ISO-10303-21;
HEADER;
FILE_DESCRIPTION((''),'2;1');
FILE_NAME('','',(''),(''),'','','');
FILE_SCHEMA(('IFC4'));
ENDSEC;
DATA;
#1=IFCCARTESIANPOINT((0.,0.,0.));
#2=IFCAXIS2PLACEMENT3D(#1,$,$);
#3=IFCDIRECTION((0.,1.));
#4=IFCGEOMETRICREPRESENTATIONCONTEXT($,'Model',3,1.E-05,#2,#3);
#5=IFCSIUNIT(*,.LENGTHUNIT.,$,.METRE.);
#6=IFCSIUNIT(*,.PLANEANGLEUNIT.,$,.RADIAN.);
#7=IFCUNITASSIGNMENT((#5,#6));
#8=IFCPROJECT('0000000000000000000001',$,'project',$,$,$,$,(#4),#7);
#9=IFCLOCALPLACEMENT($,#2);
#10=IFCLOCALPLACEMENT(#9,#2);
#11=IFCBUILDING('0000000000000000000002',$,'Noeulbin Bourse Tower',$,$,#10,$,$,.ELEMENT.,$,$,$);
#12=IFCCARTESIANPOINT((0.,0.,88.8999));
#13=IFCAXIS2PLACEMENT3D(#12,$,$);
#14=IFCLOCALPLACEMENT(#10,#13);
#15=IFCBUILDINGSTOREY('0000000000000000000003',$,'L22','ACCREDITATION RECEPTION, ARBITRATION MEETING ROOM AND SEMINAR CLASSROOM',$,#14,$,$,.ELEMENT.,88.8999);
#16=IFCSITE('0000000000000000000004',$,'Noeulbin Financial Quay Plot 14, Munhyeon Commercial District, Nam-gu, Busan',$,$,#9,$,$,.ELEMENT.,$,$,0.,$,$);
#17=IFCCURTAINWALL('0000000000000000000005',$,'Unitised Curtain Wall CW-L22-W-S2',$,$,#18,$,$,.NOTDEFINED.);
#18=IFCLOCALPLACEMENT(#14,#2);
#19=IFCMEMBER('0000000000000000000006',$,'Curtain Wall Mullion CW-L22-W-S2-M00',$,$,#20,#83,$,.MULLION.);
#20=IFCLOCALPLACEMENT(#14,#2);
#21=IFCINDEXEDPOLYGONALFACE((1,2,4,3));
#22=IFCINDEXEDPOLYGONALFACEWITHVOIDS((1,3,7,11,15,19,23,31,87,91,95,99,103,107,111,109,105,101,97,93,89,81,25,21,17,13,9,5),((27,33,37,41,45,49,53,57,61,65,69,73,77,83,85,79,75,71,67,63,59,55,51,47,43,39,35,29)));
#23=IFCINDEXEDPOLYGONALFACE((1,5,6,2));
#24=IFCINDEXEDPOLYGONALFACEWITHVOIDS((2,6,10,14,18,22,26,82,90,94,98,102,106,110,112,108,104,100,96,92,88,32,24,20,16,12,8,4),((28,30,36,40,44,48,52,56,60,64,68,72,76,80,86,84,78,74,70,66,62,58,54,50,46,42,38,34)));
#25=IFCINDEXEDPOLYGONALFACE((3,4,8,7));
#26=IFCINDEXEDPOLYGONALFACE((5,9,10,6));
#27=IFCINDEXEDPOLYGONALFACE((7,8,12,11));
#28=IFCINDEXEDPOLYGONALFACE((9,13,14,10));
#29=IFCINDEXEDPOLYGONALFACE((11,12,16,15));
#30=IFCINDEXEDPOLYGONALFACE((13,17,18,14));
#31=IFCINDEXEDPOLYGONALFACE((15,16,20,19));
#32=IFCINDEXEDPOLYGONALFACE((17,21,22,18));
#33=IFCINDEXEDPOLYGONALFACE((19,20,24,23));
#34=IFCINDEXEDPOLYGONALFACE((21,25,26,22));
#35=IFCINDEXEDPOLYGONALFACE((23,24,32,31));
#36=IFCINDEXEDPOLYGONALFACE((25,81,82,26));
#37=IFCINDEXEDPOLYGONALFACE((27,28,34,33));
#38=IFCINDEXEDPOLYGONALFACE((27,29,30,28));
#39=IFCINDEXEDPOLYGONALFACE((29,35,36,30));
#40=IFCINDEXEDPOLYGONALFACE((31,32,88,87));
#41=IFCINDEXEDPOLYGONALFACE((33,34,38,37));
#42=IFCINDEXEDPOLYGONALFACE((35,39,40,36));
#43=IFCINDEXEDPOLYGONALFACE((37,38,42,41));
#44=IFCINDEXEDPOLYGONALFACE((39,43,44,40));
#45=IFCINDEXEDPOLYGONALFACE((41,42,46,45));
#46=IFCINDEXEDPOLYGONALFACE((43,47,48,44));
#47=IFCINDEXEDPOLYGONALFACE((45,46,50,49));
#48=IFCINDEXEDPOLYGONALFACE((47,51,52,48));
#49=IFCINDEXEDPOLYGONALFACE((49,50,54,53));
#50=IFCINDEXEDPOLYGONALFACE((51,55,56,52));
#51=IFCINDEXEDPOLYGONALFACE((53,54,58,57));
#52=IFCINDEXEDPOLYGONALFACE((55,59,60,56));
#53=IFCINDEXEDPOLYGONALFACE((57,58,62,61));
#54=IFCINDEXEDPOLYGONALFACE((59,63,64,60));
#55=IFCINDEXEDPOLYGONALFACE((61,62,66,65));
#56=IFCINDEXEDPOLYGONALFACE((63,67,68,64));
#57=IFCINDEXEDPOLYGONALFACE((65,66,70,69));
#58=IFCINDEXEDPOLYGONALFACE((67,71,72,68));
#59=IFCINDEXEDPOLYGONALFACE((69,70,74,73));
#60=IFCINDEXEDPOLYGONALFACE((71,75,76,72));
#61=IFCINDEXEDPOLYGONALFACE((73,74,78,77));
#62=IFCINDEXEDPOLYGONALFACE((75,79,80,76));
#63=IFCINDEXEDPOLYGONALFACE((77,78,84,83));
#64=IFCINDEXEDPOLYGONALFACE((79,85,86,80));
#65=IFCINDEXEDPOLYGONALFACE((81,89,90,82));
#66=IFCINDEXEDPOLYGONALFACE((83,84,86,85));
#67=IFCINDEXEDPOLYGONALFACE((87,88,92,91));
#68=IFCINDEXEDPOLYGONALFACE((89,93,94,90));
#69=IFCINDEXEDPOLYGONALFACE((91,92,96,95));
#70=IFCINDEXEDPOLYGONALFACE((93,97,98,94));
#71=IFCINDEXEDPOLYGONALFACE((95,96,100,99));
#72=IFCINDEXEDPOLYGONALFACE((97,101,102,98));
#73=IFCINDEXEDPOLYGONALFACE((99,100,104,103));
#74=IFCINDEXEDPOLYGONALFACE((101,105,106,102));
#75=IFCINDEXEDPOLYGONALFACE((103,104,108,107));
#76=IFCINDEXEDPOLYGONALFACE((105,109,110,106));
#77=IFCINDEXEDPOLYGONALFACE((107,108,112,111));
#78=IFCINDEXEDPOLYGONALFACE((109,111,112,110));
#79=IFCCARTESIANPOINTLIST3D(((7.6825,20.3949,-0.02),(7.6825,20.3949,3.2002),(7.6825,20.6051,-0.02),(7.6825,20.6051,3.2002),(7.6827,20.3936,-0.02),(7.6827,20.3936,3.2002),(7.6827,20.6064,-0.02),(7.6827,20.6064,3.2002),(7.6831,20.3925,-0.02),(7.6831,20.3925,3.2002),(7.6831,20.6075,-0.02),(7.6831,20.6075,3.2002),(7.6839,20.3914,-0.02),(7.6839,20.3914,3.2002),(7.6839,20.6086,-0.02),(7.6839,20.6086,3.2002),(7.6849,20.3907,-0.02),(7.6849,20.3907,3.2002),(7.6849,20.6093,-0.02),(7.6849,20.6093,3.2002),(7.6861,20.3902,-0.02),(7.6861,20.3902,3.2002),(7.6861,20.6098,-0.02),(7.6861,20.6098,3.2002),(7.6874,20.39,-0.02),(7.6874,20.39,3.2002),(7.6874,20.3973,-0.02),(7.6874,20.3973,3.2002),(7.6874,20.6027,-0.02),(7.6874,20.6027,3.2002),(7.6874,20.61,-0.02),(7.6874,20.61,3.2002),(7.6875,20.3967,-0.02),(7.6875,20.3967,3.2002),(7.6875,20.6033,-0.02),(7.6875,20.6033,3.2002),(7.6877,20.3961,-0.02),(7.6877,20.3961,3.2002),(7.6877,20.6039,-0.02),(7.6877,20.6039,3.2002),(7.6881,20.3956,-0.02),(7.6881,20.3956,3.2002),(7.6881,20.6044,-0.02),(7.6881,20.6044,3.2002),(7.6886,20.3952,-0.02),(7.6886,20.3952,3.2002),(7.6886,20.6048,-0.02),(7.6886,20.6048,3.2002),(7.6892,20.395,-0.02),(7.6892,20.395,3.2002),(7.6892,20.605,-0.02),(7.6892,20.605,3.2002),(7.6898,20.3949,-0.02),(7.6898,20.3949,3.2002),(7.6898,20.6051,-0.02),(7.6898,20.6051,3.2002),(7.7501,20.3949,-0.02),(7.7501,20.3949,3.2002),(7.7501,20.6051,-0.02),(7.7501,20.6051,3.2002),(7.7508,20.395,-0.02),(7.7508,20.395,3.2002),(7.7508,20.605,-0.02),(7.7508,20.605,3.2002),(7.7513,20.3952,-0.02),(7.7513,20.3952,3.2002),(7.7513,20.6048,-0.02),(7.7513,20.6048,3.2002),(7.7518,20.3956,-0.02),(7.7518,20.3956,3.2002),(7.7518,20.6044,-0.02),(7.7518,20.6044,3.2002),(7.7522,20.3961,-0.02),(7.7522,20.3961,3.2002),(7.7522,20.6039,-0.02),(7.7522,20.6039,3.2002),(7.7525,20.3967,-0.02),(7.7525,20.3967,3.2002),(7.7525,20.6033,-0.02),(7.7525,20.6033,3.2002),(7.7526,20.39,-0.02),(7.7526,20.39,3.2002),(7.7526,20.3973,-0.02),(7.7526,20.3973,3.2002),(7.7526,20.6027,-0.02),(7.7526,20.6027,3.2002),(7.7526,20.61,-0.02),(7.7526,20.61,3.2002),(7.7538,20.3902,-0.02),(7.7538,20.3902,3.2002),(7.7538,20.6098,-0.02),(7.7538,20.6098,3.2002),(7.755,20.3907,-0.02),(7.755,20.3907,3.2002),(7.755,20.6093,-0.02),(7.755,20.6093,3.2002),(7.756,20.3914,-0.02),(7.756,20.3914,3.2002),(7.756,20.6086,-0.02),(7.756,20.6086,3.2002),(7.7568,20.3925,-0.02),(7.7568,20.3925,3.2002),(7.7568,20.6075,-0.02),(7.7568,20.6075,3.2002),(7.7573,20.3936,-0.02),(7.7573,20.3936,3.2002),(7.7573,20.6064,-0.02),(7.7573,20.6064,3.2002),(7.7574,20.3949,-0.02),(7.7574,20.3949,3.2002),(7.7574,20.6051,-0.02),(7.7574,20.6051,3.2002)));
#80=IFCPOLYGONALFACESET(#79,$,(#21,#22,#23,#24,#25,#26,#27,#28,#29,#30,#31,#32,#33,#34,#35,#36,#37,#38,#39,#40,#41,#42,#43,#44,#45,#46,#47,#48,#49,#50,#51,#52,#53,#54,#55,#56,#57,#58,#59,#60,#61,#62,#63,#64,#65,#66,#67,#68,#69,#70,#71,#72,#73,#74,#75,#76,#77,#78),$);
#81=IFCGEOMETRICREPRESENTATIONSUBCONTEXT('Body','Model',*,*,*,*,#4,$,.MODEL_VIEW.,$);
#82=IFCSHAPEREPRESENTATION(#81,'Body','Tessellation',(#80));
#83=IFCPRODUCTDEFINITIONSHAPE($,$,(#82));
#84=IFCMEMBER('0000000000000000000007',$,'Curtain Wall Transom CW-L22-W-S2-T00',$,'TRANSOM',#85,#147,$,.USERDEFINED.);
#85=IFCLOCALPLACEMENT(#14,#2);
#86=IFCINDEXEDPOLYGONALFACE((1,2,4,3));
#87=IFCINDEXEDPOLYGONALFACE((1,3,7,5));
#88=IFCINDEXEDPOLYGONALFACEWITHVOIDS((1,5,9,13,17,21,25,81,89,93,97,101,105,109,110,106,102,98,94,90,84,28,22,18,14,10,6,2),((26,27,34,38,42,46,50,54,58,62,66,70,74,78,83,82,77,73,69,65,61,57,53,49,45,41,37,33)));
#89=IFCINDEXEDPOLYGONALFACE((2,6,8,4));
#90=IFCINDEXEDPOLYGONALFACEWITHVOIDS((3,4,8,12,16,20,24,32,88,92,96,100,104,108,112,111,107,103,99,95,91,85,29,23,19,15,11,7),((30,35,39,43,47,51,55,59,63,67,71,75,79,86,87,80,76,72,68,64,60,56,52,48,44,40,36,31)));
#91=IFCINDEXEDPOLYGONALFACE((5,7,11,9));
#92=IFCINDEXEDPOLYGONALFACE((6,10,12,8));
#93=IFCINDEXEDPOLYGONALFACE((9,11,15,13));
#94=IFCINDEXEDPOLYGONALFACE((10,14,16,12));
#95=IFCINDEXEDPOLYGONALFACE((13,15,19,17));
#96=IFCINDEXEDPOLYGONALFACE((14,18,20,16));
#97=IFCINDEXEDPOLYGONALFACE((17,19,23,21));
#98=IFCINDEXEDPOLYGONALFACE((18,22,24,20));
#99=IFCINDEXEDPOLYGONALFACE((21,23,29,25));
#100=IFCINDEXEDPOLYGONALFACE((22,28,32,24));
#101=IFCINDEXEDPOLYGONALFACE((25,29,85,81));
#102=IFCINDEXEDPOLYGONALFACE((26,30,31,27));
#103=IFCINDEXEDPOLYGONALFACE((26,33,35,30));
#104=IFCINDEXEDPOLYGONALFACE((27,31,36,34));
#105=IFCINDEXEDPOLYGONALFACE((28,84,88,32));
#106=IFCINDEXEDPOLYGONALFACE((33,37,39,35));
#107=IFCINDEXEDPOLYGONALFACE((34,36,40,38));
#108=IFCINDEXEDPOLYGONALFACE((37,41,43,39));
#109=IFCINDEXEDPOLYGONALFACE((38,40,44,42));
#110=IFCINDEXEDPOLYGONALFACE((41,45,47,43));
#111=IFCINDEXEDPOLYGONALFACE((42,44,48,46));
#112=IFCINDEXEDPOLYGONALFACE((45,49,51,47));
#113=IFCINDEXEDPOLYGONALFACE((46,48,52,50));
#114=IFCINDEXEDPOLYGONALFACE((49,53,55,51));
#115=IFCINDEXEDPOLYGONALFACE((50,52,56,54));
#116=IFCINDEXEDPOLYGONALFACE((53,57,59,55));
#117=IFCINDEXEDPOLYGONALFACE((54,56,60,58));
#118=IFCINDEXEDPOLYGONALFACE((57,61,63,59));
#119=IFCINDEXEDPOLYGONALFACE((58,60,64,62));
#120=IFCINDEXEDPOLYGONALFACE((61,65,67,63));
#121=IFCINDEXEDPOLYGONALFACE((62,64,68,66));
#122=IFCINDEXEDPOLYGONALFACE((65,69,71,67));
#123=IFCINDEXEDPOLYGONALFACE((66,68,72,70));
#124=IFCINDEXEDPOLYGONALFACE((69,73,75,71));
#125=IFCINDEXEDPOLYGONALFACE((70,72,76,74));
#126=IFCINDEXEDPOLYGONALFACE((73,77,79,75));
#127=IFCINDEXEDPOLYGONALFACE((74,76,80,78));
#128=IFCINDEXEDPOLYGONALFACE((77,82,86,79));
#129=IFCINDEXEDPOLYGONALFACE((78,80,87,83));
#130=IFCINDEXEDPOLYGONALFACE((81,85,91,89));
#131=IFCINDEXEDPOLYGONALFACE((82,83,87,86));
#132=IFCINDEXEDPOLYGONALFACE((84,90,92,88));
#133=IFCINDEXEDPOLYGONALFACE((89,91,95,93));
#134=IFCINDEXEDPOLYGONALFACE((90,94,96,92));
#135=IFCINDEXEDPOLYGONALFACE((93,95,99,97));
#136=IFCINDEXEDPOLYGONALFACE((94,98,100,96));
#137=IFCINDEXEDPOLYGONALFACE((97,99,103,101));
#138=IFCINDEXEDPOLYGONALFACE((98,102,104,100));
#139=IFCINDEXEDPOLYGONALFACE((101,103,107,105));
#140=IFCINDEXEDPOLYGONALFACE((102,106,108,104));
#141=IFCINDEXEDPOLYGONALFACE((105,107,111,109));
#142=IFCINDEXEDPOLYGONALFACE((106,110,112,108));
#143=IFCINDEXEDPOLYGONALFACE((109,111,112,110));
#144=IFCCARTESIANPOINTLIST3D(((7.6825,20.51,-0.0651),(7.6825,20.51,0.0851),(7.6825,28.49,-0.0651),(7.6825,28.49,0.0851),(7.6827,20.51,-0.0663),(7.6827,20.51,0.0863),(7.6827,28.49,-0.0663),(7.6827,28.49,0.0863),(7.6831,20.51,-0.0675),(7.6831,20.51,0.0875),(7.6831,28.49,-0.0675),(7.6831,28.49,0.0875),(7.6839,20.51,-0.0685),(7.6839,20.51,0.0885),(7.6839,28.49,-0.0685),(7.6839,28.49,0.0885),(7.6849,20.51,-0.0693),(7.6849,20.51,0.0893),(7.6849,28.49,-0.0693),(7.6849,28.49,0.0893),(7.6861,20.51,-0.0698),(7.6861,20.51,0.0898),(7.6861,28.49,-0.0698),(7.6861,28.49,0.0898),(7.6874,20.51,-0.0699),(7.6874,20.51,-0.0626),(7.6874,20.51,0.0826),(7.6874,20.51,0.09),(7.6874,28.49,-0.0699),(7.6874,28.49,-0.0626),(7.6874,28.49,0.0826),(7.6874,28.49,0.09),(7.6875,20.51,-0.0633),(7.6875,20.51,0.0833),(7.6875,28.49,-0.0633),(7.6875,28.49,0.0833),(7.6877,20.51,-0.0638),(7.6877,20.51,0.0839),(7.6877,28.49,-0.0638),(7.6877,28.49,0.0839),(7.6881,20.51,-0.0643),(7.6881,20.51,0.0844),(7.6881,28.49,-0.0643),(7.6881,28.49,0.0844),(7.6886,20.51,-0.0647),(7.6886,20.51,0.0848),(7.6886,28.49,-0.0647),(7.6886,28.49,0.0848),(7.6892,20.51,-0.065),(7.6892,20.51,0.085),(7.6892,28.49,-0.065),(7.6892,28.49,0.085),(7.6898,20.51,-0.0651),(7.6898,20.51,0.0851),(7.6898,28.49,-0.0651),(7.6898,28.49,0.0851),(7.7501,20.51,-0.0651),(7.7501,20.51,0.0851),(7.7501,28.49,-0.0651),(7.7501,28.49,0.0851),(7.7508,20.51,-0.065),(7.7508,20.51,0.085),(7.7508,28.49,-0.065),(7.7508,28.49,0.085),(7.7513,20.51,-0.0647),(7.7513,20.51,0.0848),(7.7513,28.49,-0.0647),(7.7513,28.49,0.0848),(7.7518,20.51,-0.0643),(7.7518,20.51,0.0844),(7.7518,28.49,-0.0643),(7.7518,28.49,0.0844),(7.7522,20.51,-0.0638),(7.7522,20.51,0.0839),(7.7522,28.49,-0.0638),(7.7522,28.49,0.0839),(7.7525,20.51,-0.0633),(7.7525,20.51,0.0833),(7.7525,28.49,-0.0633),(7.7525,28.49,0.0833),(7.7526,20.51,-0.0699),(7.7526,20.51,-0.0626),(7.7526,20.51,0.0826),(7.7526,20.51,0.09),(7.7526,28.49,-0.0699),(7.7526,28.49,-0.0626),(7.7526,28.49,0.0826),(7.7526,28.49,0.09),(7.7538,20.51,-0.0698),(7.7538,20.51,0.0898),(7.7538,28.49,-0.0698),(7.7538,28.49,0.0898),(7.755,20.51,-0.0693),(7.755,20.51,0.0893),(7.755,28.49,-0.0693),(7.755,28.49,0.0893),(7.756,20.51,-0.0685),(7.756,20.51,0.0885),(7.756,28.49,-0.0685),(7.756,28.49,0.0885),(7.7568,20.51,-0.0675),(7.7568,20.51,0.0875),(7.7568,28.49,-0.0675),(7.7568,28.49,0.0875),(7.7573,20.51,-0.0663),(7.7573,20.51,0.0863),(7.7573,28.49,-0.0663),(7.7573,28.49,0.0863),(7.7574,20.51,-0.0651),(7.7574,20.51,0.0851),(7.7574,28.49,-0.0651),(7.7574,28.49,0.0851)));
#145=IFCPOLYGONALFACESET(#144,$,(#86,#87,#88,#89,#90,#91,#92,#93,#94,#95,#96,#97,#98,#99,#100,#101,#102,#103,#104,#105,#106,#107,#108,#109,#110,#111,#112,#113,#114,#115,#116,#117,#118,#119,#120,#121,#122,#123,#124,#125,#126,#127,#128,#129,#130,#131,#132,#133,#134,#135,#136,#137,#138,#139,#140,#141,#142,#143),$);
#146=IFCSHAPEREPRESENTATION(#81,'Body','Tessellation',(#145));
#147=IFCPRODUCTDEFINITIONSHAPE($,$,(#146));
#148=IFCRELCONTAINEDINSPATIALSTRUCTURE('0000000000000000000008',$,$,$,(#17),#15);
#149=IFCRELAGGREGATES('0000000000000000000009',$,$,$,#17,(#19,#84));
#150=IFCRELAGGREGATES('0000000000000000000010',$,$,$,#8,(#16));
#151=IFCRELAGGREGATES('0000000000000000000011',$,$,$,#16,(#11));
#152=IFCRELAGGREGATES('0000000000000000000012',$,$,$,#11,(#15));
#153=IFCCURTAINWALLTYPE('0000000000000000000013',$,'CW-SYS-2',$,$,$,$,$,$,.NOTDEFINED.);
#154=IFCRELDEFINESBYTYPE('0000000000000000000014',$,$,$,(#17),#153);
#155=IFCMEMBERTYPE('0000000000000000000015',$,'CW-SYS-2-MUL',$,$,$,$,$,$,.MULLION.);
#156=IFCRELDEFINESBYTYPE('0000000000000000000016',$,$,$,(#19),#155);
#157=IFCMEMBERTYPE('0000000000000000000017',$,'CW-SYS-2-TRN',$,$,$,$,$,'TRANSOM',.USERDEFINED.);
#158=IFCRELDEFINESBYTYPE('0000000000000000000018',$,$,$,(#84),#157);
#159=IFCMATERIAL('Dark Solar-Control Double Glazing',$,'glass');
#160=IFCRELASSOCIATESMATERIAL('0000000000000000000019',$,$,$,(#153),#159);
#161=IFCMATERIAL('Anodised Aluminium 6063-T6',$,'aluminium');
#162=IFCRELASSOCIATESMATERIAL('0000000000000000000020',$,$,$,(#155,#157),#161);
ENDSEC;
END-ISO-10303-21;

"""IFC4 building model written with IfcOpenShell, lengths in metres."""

from ifc_helpers import new_model, si_unit, direction, frame, origin, origin_2d, place, context, subcontext, project, spatial, hollow_rectangle, extrude, material, material_profile, profile_set, type_object, element, aggregate, save


model = new_model("IFC4")

# Units and contexts
model_context = context("Model", 3, precision=1e-05, world=origin(), true_north=direction((0.0, 1.0)))
body_context = subcontext(model_context, "Body", "Model", "MODEL_VIEW")
ifc_project = project(units=[si_unit("LENGTHUNIT", "METRE"), si_unit("PLANEANGLEUNIT", "RADIAN")], contexts=[model_context])

# Site, building, storey
site_placement = place(None, origin())
site = spatial("IfcSite", under=ifc_project, at=site_placement, Name="Noeulbin Financial Quay Plot 14, Munhyeon Commercial District, Nam-gu, Busan", CompositionType="ELEMENT", RefElevation=0.0)
building_placement = place(site_placement, origin())
building = spatial("IfcBuilding", under=site, at=building_placement, Name="Noeulbin Bourse Tower", CompositionType="ELEMENT")
storey_placement = place(building_placement, frame((0.0, 0.0, 88.8999)))
storey = spatial("IfcBuildingStorey", under=building, at=storey_placement, Name="L22", Description="ACCREDITATION RECEPTION, ARBITRATION MEETING ROOM AND SEMINAR CLASSROOM", CompositionType="ELEMENT", Elevation=88.8999)

# Curtain wall, members
ifc_material_1 = material(Name="Dark Solar-Control Double Glazing", Category="glass")
curtain_wall_type = type_object("IfcCurtainWallType", Name="CW-SYS-2", PredefinedType="NOTDEFINED", material=ifc_material_1)
curtain_wall_placement = place(storey_placement, origin())
curtain_wall = element("IfcCurtainWall", 1, at=curtain_wall_placement, inside=storey, type_object=curtain_wall_type, Name="Unitised Curtain Wall CW-L22-W-S2", PredefinedType="NOTDEFINED")
ifc_material_2 = material(Name="Anodised Aluminium 6063-T6", Category="aluminium")
ifc_material_profile_1 = material_profile(ifc_material_2, hollow_rectangle(XDim=0.075, YDim=0.22, WallThickness=0.0049, InnerFilletRadius=0.0024, OuterFilletRadius=0.0049, at=origin_2d()), Name="ALU-MULL-75x220x5", Category="LoadBearing")
ifc_profile_set_1 = profile_set([ifc_material_profile_1], Name="Anodised Aluminium 6063-T6")
member_type_1 = type_object("IfcMemberType", Name="CW-SYS-2-MUL", PredefinedType="MULLION", material=ifc_profile_set_1)
member_1_placement = place(storey_placement, frame((7.72, 20.5, -0.02), z_axis=(0.0, 0.0, 1.0), x_axis=(1.0, 0.0, 0.0)))
member_1 = element("IfcMember", 2, at=member_1_placement, type_object=member_type_1, Name="Curtain Wall Mullion CW-L22-W-S2-M00", PredefinedType="MULLION", context=body_context, shape_type="SweptSolid", body=[
    extrude(hollow_rectangle(XDim=0.075, YDim=0.22, WallThickness=0.0049, InnerFilletRadius=0.0024, OuterFilletRadius=0.0049, at=origin_2d()), origin(), (0.0, 0.0, 1.0), 3.2202),
])
ifc_material_profile_2 = material_profile(ifc_material_2, hollow_rectangle(XDim=0.075, YDim=0.1599, WallThickness=0.0049, InnerFilletRadius=0.0024, OuterFilletRadius=0.0049, at=origin_2d()), Name="ALU-TRAN-75x160x5", Category="LoadBearing")
ifc_profile_set_2 = profile_set([ifc_material_profile_2], Name="Anodised Aluminium 6063-T6")
member_type_2 = type_object("IfcMemberType", Name="CW-SYS-2-TRN", ElementType="TRANSOM", PredefinedType="USERDEFINED", material=ifc_profile_set_2)
member_2_placement = place(storey_placement, frame((7.72, 20.51, 0.01), z_axis=(0.0, 1.0, 0.0), x_axis=(-1.0, 0.0, 0.0)))
member_2 = element("IfcMember", 3, at=member_2_placement, type_object=member_type_2, Name="Curtain Wall Transom CW-L22-W-S2-T00", ObjectType="TRANSOM", PredefinedType="USERDEFINED", context=body_context, shape_type="SweptSolid", body=[
    extrude(hollow_rectangle(XDim=0.075, YDim=0.1599, WallThickness=0.0049, InnerFilletRadius=0.0024, OuterFilletRadius=0.0049, at=origin_2d()), origin(), (0.0, 0.0, 1.0), 7.98),
])
aggregate(curtain_wall, [member_1, member_2])

save(model, "model.ifc")
